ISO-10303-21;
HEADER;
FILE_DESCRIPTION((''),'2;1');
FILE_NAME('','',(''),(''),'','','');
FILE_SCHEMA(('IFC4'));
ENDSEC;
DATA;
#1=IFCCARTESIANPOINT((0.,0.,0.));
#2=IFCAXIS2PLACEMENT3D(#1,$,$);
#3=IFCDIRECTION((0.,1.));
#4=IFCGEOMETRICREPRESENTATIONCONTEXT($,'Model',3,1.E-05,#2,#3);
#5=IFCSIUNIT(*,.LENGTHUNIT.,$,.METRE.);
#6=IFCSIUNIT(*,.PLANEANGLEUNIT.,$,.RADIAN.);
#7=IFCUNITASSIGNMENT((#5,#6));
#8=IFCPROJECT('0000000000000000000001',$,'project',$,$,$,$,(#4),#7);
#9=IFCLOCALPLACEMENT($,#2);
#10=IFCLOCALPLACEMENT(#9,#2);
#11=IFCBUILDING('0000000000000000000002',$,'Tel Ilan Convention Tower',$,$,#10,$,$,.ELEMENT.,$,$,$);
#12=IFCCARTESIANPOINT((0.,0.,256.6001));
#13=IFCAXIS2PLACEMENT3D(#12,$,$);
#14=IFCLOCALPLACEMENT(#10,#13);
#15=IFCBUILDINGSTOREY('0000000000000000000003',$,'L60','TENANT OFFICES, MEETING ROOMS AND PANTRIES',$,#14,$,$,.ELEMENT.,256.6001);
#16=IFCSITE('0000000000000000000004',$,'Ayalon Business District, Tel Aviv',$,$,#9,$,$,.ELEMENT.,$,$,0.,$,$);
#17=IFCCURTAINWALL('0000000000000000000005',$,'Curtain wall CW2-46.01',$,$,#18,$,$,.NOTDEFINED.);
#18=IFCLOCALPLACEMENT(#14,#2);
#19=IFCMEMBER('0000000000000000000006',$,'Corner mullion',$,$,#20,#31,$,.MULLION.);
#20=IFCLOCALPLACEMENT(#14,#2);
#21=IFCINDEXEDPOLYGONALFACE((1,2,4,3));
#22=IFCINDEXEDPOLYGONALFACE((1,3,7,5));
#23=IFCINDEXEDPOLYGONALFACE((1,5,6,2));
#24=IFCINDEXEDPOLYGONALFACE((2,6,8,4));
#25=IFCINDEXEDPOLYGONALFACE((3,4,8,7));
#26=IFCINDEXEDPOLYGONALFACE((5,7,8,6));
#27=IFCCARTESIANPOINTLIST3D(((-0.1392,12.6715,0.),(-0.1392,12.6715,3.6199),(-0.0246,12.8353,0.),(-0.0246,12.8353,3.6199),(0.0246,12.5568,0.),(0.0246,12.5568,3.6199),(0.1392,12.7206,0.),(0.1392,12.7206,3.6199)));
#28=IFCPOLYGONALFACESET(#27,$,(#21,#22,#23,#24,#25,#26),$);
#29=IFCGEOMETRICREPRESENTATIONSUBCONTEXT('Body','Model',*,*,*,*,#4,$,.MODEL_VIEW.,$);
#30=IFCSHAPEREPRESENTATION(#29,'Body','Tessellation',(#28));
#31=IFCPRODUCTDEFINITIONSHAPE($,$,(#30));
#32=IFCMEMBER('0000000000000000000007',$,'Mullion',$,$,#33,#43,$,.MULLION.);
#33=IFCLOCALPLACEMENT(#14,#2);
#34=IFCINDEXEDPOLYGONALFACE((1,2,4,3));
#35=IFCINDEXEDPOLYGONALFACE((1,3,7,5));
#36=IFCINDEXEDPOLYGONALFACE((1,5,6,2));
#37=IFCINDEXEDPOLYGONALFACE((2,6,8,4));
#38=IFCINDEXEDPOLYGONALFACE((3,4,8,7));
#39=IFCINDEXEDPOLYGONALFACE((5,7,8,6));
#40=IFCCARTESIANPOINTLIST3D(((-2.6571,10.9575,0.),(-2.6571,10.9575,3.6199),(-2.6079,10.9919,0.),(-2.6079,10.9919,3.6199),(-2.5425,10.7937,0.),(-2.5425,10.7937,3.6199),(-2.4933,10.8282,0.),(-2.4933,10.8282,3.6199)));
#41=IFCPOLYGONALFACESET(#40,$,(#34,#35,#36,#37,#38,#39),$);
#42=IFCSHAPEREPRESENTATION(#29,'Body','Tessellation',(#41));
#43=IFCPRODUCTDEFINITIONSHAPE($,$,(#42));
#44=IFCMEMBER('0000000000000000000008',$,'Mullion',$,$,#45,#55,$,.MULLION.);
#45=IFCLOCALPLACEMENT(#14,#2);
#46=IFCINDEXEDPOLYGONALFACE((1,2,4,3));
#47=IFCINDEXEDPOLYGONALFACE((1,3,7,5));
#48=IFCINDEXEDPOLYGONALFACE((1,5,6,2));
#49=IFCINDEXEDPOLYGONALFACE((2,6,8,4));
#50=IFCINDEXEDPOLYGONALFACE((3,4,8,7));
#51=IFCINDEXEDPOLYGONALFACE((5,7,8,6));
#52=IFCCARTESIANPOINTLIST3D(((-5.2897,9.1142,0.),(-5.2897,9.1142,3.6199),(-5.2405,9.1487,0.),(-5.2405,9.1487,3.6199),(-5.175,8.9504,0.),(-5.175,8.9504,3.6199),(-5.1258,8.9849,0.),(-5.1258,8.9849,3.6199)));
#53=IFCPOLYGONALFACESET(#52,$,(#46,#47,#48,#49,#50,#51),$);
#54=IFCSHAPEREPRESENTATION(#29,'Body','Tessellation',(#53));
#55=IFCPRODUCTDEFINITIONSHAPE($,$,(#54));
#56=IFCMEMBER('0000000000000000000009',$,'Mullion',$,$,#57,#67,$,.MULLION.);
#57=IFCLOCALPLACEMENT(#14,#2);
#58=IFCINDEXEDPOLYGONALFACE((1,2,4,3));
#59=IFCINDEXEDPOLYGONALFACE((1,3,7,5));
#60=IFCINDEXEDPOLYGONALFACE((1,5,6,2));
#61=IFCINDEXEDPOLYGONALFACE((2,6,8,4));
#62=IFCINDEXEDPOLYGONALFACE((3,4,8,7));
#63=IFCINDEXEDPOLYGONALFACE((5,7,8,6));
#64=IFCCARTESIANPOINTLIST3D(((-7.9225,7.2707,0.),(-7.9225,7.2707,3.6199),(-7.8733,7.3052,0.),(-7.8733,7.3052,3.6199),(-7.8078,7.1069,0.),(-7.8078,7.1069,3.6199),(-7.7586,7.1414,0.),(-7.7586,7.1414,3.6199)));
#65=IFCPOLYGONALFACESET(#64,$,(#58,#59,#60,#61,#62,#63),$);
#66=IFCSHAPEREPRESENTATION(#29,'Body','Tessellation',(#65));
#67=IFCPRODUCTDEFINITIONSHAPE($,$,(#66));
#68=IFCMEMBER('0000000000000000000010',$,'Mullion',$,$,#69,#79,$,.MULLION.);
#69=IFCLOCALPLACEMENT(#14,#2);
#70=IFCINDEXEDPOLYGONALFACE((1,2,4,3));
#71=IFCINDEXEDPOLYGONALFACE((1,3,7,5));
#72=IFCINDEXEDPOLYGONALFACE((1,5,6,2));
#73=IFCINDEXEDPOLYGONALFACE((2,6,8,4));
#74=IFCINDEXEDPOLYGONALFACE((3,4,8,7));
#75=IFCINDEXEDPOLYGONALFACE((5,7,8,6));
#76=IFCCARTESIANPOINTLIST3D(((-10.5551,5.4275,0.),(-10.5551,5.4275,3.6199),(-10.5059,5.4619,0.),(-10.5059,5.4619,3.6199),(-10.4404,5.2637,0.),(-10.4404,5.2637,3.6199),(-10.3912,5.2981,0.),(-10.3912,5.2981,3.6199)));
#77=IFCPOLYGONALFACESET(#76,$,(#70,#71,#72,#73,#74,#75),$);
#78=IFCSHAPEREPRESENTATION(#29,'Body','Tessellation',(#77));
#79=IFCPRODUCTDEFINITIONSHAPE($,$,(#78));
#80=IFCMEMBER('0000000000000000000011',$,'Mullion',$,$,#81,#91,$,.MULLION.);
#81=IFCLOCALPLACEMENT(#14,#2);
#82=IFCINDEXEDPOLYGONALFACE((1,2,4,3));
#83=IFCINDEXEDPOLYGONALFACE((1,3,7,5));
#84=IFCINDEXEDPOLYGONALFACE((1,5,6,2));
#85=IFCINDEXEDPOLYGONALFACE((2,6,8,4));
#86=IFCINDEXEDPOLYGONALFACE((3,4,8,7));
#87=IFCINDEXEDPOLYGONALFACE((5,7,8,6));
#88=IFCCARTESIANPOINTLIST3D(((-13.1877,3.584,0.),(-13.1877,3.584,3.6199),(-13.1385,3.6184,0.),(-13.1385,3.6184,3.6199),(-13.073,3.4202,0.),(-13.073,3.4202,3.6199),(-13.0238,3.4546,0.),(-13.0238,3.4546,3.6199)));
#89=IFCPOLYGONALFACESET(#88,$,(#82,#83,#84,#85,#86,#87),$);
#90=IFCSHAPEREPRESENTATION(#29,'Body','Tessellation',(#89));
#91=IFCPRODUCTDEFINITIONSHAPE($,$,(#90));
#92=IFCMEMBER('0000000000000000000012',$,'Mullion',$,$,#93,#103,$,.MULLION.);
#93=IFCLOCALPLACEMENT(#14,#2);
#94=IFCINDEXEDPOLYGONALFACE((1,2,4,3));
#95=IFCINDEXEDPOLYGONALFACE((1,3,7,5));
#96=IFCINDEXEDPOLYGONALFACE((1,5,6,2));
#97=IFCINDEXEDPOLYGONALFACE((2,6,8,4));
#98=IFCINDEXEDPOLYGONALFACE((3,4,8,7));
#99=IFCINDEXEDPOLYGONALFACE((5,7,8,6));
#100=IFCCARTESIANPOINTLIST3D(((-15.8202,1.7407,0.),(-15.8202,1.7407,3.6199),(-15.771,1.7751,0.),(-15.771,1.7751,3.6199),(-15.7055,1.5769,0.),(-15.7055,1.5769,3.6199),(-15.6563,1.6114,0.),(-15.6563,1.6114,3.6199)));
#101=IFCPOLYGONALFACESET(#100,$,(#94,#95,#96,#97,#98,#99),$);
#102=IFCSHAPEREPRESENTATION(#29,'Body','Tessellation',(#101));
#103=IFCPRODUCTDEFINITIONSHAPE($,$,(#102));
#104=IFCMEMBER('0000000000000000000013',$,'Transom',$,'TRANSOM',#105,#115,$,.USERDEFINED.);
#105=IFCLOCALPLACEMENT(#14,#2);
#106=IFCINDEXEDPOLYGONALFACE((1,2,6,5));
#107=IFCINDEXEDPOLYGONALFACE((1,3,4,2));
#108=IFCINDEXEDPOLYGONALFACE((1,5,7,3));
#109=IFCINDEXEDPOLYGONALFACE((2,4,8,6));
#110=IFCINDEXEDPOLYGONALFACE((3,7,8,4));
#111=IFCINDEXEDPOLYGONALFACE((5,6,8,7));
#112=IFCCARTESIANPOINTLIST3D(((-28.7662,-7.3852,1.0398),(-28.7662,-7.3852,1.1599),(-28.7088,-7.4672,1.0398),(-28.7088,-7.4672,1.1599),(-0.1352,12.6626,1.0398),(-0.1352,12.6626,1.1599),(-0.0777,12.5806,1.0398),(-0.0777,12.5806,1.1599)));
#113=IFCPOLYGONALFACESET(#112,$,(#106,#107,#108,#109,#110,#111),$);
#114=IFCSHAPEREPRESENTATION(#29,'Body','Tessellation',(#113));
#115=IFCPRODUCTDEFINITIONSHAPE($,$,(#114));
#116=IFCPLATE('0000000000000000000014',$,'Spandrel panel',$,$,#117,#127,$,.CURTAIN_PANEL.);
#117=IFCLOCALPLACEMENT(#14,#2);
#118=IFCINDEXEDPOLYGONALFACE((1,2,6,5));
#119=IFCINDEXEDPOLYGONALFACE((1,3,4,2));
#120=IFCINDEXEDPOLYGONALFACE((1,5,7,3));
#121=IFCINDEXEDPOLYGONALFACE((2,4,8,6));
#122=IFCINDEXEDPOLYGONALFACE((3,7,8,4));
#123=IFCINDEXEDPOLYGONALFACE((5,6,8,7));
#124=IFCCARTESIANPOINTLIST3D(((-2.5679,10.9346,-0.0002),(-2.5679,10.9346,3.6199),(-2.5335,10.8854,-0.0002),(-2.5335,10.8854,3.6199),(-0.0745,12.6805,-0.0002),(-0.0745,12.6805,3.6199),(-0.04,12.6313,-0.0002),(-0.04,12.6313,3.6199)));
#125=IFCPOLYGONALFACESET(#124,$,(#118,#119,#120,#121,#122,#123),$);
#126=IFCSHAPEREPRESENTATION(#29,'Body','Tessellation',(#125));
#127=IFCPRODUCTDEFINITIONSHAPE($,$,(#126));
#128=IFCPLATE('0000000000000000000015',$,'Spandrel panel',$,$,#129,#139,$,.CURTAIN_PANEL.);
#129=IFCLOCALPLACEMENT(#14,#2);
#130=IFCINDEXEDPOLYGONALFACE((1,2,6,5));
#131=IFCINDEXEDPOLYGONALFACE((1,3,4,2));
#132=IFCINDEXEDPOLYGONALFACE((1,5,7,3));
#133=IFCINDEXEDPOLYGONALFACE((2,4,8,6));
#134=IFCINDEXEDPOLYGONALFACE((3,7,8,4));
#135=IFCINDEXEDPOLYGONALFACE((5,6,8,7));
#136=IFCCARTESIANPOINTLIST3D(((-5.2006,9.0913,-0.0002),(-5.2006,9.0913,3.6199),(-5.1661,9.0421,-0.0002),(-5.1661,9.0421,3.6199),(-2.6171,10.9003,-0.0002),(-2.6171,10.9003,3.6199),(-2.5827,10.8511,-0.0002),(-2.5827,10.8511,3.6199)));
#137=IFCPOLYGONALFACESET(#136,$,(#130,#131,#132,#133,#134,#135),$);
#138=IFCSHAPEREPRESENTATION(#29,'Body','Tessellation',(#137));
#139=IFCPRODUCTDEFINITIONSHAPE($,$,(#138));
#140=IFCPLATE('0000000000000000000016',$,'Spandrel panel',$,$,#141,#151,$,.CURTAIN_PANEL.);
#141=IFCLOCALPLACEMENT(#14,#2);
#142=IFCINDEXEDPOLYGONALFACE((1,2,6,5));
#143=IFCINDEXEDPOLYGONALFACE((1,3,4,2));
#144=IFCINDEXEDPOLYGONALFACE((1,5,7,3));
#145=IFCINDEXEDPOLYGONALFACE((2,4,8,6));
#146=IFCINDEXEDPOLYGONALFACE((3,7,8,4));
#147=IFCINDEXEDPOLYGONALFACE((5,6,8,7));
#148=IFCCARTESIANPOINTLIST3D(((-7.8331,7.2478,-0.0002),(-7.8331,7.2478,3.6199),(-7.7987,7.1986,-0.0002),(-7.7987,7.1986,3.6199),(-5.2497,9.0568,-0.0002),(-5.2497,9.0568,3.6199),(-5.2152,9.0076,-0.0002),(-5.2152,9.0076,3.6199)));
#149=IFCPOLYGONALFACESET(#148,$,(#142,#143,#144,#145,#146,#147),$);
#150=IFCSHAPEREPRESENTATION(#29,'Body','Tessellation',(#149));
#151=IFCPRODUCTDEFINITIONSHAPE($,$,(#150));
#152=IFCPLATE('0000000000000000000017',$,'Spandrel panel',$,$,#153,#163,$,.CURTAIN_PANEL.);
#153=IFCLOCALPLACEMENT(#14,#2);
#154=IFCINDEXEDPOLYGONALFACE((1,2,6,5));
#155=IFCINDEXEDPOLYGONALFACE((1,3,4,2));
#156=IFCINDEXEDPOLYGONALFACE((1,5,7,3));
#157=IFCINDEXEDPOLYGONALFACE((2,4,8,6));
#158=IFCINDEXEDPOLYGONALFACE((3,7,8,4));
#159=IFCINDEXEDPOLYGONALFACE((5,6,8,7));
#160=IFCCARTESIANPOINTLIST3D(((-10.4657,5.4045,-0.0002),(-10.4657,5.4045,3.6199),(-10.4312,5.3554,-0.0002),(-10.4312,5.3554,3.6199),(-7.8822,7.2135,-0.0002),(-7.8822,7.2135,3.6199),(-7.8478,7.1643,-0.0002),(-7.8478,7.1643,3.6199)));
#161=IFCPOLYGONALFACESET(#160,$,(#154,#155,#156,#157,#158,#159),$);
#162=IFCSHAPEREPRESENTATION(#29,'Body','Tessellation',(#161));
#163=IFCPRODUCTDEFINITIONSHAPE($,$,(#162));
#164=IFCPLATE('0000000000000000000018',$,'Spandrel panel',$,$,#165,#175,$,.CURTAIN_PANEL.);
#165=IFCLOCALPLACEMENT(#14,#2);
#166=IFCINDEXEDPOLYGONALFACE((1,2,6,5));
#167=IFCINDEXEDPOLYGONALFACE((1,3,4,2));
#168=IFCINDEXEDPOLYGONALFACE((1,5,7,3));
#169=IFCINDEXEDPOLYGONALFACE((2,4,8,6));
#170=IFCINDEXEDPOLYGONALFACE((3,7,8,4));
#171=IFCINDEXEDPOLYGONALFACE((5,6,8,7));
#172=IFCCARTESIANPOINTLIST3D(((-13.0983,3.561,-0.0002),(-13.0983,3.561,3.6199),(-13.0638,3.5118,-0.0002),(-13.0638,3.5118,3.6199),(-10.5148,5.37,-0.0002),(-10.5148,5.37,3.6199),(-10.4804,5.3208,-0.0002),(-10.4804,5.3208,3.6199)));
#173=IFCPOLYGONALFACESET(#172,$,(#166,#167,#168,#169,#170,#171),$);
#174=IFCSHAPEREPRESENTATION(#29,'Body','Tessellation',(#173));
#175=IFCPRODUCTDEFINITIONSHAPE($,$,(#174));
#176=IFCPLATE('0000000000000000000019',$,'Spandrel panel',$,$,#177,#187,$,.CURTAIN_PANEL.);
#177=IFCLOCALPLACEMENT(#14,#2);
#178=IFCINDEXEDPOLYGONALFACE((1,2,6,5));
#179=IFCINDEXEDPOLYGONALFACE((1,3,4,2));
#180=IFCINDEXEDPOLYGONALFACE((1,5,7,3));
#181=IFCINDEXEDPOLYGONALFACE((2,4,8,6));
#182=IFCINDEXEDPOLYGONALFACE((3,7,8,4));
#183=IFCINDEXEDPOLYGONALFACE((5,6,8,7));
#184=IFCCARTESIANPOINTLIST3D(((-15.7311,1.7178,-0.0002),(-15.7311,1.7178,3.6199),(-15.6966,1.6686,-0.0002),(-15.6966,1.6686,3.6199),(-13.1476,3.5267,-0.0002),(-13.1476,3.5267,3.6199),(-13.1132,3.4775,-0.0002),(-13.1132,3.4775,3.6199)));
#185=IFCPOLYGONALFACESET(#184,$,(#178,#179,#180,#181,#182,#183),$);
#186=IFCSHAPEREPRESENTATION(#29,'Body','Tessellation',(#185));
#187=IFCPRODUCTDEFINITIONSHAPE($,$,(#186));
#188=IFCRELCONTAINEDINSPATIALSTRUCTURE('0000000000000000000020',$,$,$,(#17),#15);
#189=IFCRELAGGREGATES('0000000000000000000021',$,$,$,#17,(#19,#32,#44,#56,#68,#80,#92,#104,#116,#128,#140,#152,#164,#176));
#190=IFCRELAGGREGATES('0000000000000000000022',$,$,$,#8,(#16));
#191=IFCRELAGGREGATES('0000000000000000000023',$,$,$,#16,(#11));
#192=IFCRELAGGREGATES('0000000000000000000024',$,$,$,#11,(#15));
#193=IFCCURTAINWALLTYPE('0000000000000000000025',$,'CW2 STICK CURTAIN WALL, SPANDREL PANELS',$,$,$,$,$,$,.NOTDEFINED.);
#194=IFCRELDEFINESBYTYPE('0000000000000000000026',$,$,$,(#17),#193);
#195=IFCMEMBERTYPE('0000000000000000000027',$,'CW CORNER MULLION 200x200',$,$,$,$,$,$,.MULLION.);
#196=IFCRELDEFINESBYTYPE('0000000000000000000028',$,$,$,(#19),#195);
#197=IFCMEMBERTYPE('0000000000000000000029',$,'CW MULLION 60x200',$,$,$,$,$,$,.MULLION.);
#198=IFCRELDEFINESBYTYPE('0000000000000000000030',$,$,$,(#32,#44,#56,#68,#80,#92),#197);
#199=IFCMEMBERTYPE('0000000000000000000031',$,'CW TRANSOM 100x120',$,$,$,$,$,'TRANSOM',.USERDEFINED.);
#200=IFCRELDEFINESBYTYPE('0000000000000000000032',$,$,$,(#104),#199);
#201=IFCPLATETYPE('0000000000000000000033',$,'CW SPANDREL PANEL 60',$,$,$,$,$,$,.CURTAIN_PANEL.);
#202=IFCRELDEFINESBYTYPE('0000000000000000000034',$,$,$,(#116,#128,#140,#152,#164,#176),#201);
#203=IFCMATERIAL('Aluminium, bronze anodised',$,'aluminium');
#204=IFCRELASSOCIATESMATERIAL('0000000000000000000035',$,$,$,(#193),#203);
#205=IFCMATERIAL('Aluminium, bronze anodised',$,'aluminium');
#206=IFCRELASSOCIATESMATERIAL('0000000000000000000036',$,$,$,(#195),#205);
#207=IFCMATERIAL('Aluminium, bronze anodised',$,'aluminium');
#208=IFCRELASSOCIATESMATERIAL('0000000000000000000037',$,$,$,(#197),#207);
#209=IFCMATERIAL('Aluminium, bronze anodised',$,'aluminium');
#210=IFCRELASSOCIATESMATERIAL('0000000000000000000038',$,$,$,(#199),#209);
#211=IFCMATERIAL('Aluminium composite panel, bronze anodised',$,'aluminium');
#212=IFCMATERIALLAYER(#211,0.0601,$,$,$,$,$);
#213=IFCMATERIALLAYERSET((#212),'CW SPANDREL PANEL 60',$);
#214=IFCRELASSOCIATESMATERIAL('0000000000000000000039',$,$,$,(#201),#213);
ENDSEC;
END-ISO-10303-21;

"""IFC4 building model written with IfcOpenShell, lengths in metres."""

from ifc_helpers import new_model, si_unit, direction, frame, origin, origin_2d, place, context, subcontext, project, spatial, rectangle, extrude, material, layer, layer_set, material_profile, profile_set, type_object, element, aggregate, save


model = new_model("IFC4")

# Units and contexts
model_context = context("Model", 3, precision=1e-05, world=origin(), true_north=direction((0.0, 1.0)))
body_context = subcontext(model_context, "Body", "Model", "MODEL_VIEW")
ifc_project = project(units=[si_unit("LENGTHUNIT", "METRE"), si_unit("PLANEANGLEUNIT", "RADIAN")], contexts=[model_context])

# Site, building, storey
site_placement = place(None, origin())
site = spatial("IfcSite", under=ifc_project, at=site_placement, Name="Ayalon Business District, Tel Aviv", CompositionType="ELEMENT", RefElevation=0.0)
building_placement = place(site_placement, origin())
building = spatial("IfcBuilding", under=site, at=building_placement, Name="Tel Ilan Convention Tower", CompositionType="ELEMENT")
storey_placement = place(building_placement, frame((0.0, 0.0, 256.6001)))
storey = spatial("IfcBuildingStorey", under=building, at=storey_placement, Name="L60", Description="TENANT OFFICES, MEETING ROOMS AND PANTRIES", CompositionType="ELEMENT", Elevation=256.6001)

# Curtain wall, members, plates
ifc_material_1 = material(Name="Aluminium, bronze anodised", Category="aluminium")
curtain_wall_type = type_object("IfcCurtainWallType", Name="CW2 STICK CURTAIN WALL, SPANDREL PANELS", PredefinedType="NOTDEFINED", material=ifc_material_1)
curtain_wall_placement = place(storey_placement, origin())
curtain_wall = element("IfcCurtainWall", 1, at=curtain_wall_placement, inside=storey, type_object=curtain_wall_type, Name="Curtain wall CW2-46.01", PredefinedType="NOTDEFINED")
ifc_material_2 = material(Name="Aluminium, bronze anodised", Category="aluminium")
ifc_material_profile_1 = material_profile(ifc_material_2, rectangle(XDim=0.2, YDim=0.2, at=origin_2d()), Name="CW CORNER MULLION 200x200")
ifc_profile_set_1 = profile_set([ifc_material_profile_1], Name="Aluminium, bronze anodised")
member_type_1 = type_object("IfcMemberType", Name="CW CORNER MULLION 200x200", PredefinedType="MULLION", material=ifc_profile_set_1)
member_1_placement = place(storey_placement, frame((0.0, 12.696, 0.0), z_axis=(0.0, 0.0, 1.0), x_axis=(-0.819152, 0.573576, 0.0)))
member_1 = element("IfcMember", 2, at=member_1_placement, type_object=member_type_1, Name="Corner mullion", PredefinedType="MULLION", context=body_context, shape_type="SweptSolid", body=[
    extrude(rectangle(XDim=0.2, YDim=0.2, at=origin_2d()), origin(), (0.0, 0.0, 1.0), 3.6199),
])
ifc_material_3 = material(Name="Aluminium, bronze anodised", Category="aluminium")
ifc_material_profile_2 = material_profile(ifc_material_3, rectangle(XDim=0.0601, YDim=0.2, at=origin_2d()), Name="CW MULLION 60x200")
ifc_profile_set_2 = profile_set([ifc_material_profile_2], Name="Aluminium, bronze anodised")
member_type_2 = type_object("IfcMemberType", Name="CW MULLION 60x200", PredefinedType="MULLION", material=ifc_profile_set_2)
member_2_placement = place(storey_placement, frame((-2.5752, 10.8928, 0.0), z_axis=(0.0, 0.0, 1.0), x_axis=(-0.819152, -0.573576, 0.0)))
member_2 = element("IfcMember", 3, at=member_2_placement, type_object=member_type_2, Name="Mullion", PredefinedType="MULLION", context=body_context, shape_type="SweptSolid", body=[
    extrude(rectangle(XDim=0.0601, YDim=0.2, at=origin_2d()), origin(), (0.0, 0.0, 1.0), 3.6199),
])
member_3_placement = place(storey_placement, frame((-5.2078, 9.0496, 0.0), z_axis=(0.0, 0.0, 1.0), x_axis=(-0.819152, -0.573576, 0.0)))
member_3 = element("IfcMember", 4, at=member_3_placement, type_object=member_type_2, Name="Mullion", PredefinedType="MULLION", context=body_context, shape_type="SweptSolid", body=[
    extrude(rectangle(XDim=0.0601, YDim=0.2, at=origin_2d()), origin(), (0.0, 0.0, 1.0), 3.6199),
])
member_4_placement = place(storey_placement, frame((-7.8406, 7.2061, 0.0), z_axis=(0.0, 0.0, 1.0), x_axis=(-0.819152, -0.573576, 0.0)))
member_4 = element("IfcMember", 5, at=member_4_placement, type_object=member_type_2, Name="Mullion", PredefinedType="MULLION", context=body_context, shape_type="SweptSolid", body=[
    extrude(rectangle(XDim=0.0601, YDim=0.2, at=origin_2d()), origin(), (0.0, 0.0, 1.0), 3.6199),
])
member_5_placement = place(storey_placement, frame((-10.4731, 5.3628, 0.0), z_axis=(0.0, 0.0, 1.0), x_axis=(-0.819152, -0.573576, 0.0)))
member_5 = element("IfcMember", 6, at=member_5_placement, type_object=member_type_2, Name="Mullion", PredefinedType="MULLION", context=body_context, shape_type="SweptSolid", body=[
    extrude(rectangle(XDim=0.0601, YDim=0.2, at=origin_2d()), origin(), (0.0, 0.0, 1.0), 3.6199),
])
member_6_placement = place(storey_placement, frame((-13.1057, 3.5193, 0.0), z_axis=(0.0, 0.0, 1.0), x_axis=(-0.819152, -0.573576, 0.0)))
member_6 = element("IfcMember", 7, at=member_6_placement, type_object=member_type_2, Name="Mullion", PredefinedType="MULLION", context=body_context, shape_type="SweptSolid", body=[
    extrude(rectangle(XDim=0.0601, YDim=0.2, at=origin_2d()), origin(), (0.0, 0.0, 1.0), 3.6199),
])
member_7_placement = place(storey_placement, frame((-15.7383, 1.676, 0.0), z_axis=(0.0, 0.0, 1.0), x_axis=(-0.819152, -0.573576, 0.0)))
member_7 = element("IfcMember", 8, at=member_7_placement, type_object=member_type_2, Name="Mullion", PredefinedType="MULLION", context=body_context, shape_type="SweptSolid", body=[
    extrude(rectangle(XDim=0.0601, YDim=0.2, at=origin_2d()), origin(), (0.0, 0.0, 1.0), 3.6199),
])
ifc_material_4 = material(Name="Aluminium, bronze anodised", Category="aluminium")
ifc_material_profile_3 = material_profile(ifc_material_4, rectangle(XDim=0.1001, YDim=0.1201, at=origin_2d()), Name="CW TRANSOM 100x120")
ifc_profile_set_3 = profile_set([ifc_material_profile_3], Name="Aluminium, bronze anodised")
member_type_3 = type_object("IfcMemberType", Name="CW TRANSOM 100x120", ElementType="TRANSOM", PredefinedType="USERDEFINED", material=ifc_profile_set_3)
member_8_placement = place(storey_placement, frame((-0.1064, 12.6216, 1.0999), z_axis=(-0.81915, -0.573579, 0.0), x_axis=(0.573579, -0.81915, 0.0)))
member_8 = element("IfcMember", 9, at=member_8_placement, type_object=member_type_3, Name="Transom", ObjectType="TRANSOM", PredefinedType="USERDEFINED", context=body_context, shape_type="SweptSolid", body=[
    extrude(rectangle(XDim=0.1001, YDim=0.1201, at=origin_2d()), origin(), (0.0, 0.0, 1.0), 34.9521),
])
ifc_material_5 = material(Name="Aluminium composite panel, bronze anodised", Category="aluminium")
ifc_layer_1 = layer(ifc_material_5, 0.0601)
ifc_layer_set_1 = layer_set([ifc_layer_1], Name="CW SPANDREL PANEL 60")
plate_type = type_object("IfcPlateType", Name="CW SPANDREL PANEL 60", PredefinedType="CURTAIN_PANEL", material=ifc_layer_set_1)
plate_1_placement = place(storey_placement, frame((-1.304, 11.783, -0.0002), z_axis=(0.0, 0.0, 1.0), x_axis=(-0.819152, -0.573576, 0.0)))
plate_1 = element("IfcPlate", 10, at=plate_1_placement, type_object=plate_type, Name="Spandrel panel", PredefinedType="CURTAIN_PANEL", context=body_context, shape_type="SweptSolid", body=[
    extrude(rectangle(XDim=3.0439, YDim=0.0601, at=origin_2d()), origin(), (0.0, 0.0, 1.0), 3.6201),
])
plate_2_placement = place(storey_placement, frame((-3.8916, 9.9712, -0.0002), z_axis=(0.0, 0.0, 1.0), x_axis=(-0.819152, -0.573576, 0.0)))
plate_2 = element("IfcPlate", 11, at=plate_2_placement, type_object=plate_type, Name="Spandrel panel", PredefinedType="CURTAIN_PANEL", context=body_context, shape_type="SweptSolid", body=[
    extrude(rectangle(XDim=3.1538, YDim=0.0601, at=origin_2d()), origin(), (0.0, 0.0, 1.0), 3.6201),
])
plate_3_placement = place(storey_placement, frame((-6.5242, 8.1277, -0.0002), z_axis=(0.0, 0.0, 1.0), x_axis=(-0.819152, -0.573576, 0.0)))
plate_3 = element("IfcPlate", 12, at=plate_3_placement, type_object=plate_type, Name="Spandrel panel", PredefinedType="CURTAIN_PANEL", context=body_context, shape_type="SweptSolid", body=[
    extrude(rectangle(XDim=3.1538, YDim=0.0601, at=origin_2d()), origin(), (0.0, 0.0, 1.0), 3.6201),
])
plate_4_placement = place(storey_placement, frame((-9.1567, 6.2844, -0.0002), z_axis=(0.0, 0.0, 1.0), x_axis=(-0.819152, -0.573576, 0.0)))
plate_4 = element("IfcPlate", 13, at=plate_4_placement, type_object=plate_type, Name="Spandrel panel", PredefinedType="CURTAIN_PANEL", context=body_context, shape_type="SweptSolid", body=[
    extrude(rectangle(XDim=3.1538, YDim=0.0601, at=origin_2d()), origin(), (0.0, 0.0, 1.0), 3.6201),
])
plate_5_placement = place(storey_placement, frame((-11.7893, 4.4409, -0.0002), z_axis=(0.0, 0.0, 1.0), x_axis=(-0.819152, -0.573576, 0.0)))
plate_5 = element("IfcPlate", 14, at=plate_5_placement, type_object=plate_type, Name="Spandrel panel", PredefinedType="CURTAIN_PANEL", context=body_context, shape_type="SweptSolid", body=[
    extrude(rectangle(XDim=3.1538, YDim=0.0601, at=origin_2d()), origin(), (0.0, 0.0, 1.0), 3.6201),
])
plate_6_placement = place(storey_placement, frame((-14.4221, 2.5977, -0.0002), z_axis=(0.0, 0.0, 1.0), x_axis=(-0.819152, -0.573576, 0.0)))
plate_6 = element("IfcPlate", 15, at=plate_6_placement, type_object=plate_type, Name="Spandrel panel", PredefinedType="CURTAIN_PANEL", context=body_context, shape_type="SweptSolid", body=[
    extrude(rectangle(XDim=3.1538, YDim=0.0601, at=origin_2d()), origin(), (0.0, 0.0, 1.0), 3.6201),
])
aggregate(curtain_wall, [member_1, member_2, member_3, member_4, member_5, member_6, member_7, member_8, plate_1, plate_2, plate_3, plate_4, plate_5, plate_6])

save(model, "model.ifc")
